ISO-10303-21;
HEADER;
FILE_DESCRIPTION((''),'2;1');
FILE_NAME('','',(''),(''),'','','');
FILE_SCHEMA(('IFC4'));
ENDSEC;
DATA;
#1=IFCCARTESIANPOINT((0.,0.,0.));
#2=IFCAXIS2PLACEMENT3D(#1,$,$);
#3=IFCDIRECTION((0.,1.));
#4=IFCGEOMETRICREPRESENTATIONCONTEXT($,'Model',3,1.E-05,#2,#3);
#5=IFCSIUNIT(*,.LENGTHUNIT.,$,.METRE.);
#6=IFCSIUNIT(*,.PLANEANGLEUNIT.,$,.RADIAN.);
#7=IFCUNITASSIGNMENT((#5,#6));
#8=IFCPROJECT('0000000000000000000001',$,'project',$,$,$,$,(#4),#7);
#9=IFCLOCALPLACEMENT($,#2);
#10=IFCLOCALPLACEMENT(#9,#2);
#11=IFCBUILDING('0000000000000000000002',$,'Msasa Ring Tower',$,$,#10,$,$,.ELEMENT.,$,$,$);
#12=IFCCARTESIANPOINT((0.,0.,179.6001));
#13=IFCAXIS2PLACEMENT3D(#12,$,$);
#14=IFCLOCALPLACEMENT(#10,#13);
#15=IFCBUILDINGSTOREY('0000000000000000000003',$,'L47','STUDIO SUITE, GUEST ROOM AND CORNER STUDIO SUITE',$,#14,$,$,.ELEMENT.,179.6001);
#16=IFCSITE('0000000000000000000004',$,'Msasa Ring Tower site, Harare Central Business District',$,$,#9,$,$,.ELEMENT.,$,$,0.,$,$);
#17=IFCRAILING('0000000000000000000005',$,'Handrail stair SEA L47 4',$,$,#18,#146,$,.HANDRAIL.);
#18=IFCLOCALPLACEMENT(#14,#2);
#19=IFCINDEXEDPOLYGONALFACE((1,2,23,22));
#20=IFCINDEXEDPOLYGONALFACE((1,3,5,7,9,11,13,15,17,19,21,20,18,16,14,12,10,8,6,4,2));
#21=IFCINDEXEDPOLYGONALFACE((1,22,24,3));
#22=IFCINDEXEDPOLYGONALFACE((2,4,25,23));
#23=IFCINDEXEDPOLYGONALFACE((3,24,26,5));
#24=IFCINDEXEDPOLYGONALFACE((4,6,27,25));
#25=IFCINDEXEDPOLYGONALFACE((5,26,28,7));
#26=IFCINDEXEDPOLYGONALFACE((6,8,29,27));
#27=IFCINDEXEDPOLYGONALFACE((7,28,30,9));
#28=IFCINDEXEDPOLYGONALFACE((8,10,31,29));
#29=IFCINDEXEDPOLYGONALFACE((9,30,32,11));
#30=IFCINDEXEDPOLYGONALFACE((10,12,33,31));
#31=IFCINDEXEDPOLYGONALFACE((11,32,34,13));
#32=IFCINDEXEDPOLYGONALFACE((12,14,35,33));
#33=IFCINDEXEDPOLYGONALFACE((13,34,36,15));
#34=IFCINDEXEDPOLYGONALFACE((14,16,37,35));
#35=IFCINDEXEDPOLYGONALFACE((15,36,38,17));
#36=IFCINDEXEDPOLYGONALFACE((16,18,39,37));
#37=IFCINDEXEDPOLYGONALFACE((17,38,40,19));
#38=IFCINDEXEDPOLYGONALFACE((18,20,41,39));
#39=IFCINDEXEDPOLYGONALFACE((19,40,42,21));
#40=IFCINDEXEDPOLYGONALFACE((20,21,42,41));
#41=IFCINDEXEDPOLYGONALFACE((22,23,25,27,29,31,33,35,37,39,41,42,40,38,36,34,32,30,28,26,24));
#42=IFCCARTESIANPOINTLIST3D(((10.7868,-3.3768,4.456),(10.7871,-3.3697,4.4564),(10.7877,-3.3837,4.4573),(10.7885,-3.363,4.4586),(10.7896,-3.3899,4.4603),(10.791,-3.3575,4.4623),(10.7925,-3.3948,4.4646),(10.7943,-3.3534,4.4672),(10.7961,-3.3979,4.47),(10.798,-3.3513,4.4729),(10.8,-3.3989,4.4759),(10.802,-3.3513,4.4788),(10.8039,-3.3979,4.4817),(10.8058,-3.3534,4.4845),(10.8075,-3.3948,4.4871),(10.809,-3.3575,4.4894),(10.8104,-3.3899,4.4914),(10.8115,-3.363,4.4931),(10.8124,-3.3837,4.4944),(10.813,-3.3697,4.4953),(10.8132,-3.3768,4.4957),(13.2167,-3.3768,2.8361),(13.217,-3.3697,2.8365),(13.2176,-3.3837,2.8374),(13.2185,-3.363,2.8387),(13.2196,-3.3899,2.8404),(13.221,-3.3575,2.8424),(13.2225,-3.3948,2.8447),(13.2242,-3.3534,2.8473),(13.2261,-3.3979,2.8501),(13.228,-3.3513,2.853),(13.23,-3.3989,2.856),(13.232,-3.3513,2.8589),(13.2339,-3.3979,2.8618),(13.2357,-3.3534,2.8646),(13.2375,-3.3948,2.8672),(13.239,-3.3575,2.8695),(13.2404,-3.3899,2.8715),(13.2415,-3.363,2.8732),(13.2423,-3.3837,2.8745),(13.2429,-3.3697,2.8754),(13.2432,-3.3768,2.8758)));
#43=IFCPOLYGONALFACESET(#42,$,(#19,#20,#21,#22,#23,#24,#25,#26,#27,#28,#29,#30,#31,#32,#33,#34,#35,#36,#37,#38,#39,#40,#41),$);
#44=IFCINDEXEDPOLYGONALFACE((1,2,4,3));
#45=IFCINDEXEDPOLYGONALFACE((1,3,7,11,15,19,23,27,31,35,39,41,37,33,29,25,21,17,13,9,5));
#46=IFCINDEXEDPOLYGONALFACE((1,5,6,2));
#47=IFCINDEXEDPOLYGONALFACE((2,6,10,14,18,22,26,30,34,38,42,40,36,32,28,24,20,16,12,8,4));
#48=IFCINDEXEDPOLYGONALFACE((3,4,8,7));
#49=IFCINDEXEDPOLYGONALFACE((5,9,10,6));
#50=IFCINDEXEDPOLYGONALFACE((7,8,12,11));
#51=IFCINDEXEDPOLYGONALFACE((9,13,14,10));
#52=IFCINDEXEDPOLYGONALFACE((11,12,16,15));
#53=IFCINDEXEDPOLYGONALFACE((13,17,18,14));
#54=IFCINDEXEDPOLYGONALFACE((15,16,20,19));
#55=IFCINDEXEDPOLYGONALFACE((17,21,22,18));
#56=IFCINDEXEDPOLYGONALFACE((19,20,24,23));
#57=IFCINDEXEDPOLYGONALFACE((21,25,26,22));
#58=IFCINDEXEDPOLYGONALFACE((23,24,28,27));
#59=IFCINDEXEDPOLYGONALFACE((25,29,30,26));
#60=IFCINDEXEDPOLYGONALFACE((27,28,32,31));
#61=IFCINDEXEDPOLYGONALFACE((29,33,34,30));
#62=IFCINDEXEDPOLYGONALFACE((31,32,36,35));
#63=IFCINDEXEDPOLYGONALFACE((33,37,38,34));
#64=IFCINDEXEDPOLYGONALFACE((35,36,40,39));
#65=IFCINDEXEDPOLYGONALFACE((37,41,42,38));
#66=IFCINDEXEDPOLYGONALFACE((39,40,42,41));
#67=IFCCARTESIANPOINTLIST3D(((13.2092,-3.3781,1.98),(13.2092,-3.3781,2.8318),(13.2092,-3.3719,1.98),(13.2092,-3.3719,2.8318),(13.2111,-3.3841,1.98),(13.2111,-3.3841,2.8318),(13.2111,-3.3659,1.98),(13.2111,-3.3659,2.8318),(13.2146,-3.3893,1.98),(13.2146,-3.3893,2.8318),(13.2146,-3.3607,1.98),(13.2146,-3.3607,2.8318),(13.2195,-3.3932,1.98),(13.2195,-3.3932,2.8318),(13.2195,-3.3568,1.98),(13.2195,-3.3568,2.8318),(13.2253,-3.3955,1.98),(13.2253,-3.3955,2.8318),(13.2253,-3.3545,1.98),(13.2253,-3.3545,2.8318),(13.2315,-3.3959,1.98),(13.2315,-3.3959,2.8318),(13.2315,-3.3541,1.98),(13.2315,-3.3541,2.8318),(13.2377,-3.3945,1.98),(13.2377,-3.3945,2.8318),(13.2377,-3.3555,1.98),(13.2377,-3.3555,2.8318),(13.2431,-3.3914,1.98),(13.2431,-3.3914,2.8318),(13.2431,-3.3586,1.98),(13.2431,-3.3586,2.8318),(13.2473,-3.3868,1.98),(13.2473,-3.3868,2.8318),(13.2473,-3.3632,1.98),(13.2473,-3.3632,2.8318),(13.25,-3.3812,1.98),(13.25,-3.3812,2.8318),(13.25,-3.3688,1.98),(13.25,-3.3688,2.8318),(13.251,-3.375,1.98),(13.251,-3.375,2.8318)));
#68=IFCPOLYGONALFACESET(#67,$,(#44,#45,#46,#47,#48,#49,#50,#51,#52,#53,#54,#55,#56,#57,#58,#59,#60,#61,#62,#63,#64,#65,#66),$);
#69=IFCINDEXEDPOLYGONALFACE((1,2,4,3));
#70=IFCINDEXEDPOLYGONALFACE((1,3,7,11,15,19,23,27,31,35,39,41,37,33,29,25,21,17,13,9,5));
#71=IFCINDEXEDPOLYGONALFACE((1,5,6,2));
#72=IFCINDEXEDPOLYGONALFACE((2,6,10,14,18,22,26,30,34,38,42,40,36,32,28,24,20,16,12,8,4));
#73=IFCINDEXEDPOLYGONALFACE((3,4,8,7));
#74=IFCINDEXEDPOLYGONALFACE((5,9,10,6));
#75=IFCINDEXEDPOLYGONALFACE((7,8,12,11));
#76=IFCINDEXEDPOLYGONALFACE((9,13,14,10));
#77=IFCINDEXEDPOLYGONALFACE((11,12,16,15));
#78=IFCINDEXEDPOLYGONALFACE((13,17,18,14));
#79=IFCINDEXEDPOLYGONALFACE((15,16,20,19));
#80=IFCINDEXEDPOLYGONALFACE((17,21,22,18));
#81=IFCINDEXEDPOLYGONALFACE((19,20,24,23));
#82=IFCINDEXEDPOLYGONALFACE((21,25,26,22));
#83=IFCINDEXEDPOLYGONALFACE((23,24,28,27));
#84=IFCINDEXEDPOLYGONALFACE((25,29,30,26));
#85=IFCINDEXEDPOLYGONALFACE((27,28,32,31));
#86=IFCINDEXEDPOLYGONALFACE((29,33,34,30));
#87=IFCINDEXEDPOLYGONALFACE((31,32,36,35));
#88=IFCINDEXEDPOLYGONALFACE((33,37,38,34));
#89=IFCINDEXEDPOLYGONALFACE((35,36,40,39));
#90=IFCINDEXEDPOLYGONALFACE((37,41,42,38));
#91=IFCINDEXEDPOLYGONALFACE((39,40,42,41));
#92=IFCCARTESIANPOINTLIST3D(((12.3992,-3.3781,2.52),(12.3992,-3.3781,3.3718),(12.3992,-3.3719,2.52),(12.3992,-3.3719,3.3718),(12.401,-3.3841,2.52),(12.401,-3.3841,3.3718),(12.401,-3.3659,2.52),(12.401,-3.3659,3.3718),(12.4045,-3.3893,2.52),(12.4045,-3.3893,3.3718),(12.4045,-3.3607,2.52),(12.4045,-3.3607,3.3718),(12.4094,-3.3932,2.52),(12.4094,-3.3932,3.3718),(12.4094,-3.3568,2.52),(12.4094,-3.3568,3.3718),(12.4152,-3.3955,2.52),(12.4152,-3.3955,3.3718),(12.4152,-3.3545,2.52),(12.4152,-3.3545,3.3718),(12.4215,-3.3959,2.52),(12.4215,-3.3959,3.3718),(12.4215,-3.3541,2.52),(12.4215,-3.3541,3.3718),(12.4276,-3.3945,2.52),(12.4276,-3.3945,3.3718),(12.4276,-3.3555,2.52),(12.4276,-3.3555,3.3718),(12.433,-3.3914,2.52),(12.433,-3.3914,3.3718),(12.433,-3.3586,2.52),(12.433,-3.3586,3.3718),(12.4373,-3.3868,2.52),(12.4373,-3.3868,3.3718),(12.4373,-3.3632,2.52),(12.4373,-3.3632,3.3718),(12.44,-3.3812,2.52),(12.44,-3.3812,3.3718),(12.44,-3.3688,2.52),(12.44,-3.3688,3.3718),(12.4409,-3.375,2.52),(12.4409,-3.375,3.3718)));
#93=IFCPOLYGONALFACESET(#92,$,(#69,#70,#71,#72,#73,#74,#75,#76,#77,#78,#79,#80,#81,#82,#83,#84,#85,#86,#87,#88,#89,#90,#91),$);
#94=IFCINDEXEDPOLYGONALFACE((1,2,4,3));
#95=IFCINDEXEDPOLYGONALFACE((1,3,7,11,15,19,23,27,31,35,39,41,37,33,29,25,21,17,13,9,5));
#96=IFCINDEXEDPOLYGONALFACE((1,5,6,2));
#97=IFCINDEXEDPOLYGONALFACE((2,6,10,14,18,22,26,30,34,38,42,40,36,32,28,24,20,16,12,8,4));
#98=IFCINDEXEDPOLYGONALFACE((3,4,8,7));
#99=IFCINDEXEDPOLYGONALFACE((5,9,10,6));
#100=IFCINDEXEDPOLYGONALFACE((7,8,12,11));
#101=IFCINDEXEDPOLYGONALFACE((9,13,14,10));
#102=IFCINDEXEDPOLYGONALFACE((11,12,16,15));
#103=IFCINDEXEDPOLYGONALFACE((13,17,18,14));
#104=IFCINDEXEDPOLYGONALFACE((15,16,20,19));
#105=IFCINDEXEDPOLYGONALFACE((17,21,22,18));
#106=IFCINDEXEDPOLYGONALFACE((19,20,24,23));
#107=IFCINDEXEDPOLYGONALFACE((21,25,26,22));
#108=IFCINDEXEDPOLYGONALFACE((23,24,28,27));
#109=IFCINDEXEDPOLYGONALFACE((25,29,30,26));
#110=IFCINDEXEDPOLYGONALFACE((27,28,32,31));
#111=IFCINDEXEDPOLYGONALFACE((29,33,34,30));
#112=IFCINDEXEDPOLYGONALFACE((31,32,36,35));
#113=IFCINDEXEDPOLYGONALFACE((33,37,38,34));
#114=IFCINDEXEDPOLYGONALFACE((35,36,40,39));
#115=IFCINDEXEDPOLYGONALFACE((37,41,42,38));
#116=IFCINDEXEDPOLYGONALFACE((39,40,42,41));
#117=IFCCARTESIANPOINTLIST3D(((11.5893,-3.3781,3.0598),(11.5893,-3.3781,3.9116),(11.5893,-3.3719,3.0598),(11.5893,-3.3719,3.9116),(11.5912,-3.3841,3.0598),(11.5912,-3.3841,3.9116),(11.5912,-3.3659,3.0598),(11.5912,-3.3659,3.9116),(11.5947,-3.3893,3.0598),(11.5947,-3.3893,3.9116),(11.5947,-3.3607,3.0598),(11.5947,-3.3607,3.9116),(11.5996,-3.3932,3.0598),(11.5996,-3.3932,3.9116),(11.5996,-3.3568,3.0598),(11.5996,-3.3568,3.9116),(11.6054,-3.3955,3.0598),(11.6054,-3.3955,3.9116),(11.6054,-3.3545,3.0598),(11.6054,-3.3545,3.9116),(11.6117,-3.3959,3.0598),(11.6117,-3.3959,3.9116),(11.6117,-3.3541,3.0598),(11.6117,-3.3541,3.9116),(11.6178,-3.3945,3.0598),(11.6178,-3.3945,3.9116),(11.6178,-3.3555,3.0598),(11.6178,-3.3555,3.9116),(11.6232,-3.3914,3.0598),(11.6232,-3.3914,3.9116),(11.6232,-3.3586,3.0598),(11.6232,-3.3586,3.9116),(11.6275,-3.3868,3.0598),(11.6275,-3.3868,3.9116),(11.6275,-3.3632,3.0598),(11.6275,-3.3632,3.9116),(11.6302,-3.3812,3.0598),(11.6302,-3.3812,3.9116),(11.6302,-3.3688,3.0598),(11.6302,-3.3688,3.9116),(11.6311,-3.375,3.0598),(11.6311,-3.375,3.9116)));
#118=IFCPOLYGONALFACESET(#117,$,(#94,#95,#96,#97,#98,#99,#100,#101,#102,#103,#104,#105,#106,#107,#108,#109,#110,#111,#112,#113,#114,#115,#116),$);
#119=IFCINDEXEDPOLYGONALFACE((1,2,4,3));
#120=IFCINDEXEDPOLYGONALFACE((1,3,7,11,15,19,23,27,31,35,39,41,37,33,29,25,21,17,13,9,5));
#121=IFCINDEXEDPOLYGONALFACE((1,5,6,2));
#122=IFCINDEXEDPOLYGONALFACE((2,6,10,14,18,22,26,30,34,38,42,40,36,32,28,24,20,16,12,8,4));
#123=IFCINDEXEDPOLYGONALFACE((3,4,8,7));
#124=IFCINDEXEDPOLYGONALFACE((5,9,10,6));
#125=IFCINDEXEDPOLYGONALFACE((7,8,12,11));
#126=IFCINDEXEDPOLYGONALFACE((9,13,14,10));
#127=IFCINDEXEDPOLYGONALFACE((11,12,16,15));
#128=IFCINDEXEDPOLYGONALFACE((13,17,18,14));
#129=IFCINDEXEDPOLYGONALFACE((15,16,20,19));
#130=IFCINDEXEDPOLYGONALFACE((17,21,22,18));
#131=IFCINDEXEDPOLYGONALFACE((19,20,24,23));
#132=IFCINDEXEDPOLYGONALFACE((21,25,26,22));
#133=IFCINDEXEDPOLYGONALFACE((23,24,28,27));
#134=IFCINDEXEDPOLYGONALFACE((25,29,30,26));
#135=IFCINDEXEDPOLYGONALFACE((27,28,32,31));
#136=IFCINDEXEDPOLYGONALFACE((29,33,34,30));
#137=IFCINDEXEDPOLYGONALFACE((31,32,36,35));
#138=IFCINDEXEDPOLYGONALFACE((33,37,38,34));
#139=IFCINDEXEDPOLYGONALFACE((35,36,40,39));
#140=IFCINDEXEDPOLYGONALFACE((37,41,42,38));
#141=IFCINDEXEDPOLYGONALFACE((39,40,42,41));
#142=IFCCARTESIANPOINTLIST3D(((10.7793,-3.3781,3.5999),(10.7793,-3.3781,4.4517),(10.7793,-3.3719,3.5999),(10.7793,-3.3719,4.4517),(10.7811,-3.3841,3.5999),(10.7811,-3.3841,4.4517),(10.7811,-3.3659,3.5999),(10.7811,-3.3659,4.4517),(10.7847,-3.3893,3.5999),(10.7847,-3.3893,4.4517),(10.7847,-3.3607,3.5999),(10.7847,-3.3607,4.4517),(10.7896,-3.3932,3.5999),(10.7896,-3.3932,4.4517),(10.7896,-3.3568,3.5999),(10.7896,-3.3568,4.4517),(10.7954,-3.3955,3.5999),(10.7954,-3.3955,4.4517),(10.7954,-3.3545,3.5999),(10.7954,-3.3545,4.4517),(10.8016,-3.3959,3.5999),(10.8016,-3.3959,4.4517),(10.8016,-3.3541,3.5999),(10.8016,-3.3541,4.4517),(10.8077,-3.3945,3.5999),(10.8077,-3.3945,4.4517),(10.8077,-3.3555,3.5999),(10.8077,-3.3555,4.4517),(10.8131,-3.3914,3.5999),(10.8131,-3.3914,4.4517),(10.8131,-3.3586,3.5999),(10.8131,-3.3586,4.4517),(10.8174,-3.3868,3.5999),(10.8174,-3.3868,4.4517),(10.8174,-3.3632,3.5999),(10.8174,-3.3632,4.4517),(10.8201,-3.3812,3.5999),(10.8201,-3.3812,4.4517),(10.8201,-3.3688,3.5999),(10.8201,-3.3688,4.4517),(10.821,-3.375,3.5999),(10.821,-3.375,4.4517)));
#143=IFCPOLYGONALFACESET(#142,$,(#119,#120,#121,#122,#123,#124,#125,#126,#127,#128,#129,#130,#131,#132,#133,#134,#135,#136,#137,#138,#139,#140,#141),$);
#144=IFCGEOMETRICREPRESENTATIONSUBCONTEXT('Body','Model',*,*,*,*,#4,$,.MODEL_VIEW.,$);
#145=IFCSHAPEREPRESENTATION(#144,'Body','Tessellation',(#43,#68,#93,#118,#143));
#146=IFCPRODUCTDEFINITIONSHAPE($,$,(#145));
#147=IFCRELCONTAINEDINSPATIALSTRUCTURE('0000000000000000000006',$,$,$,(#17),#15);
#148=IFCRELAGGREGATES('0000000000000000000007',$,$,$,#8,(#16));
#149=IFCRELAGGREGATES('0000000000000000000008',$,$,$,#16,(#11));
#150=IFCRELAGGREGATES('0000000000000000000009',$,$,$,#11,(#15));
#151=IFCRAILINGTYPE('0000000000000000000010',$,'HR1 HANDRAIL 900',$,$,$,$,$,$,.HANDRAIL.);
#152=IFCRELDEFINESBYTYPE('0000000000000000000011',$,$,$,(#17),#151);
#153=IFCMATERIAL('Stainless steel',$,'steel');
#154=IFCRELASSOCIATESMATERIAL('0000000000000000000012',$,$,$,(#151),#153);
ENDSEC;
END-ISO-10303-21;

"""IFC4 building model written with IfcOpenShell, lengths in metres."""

from ifc_helpers import new_model, si_unit, direction, frame, origin, origin_2d, place, context, subcontext, project, spatial, circle, extrude, material, type_object, element, save


model = new_model("IFC4")

# Units and contexts
model_context = context("Model", 3, precision=1e-05, world=origin(), true_north=direction((0.0, 1.0)))
body_context = subcontext(model_context, "Body", "Model", "MODEL_VIEW")
ifc_project = project(units=[si_unit("LENGTHUNIT", "METRE"), si_unit("PLANEANGLEUNIT", "RADIAN")], contexts=[model_context])

# Site, building, storey
site_placement = place(None, origin())
site = spatial("IfcSite", under=ifc_project, at=site_placement, Name="Msasa Ring Tower site, Harare Central Business District", CompositionType="ELEMENT", RefElevation=0.0)
building_placement = place(site_placement, origin())
building = spatial("IfcBuilding", under=site, at=building_placement, Name="Msasa Ring Tower", CompositionType="ELEMENT")
storey_placement = place(building_placement, frame((0.0, 0.0, 179.6001)))
storey = spatial("IfcBuildingStorey", under=building, at=storey_placement, Name="L47", Description="STUDIO SUITE, GUEST ROOM AND CORNER STUDIO SUITE", CompositionType="ELEMENT", Elevation=179.6001)

# Railing
ifc_material_1 = material(Name="Stainless steel", Category="steel")
railing_type = type_object("IfcRailingType", Name="HR1 HANDRAIL 900", PredefinedType="HANDRAIL", material=ifc_material_1)
for number, where, name in (
    (1, (13.23, -3.375, 1.98), "Handrail stair SEA L47 4"),
):
    element("IfcRailing", number, at=place(storey_placement, frame(where)), inside=storey, type_object=railing_type, Name=name, PredefinedType="HANDRAIL", context=body_context, shape_type="SweptSolid", body=[
        extrude(circle(Radius=0.0239, at=origin_2d()), frame((0.0, 0.0, 0.876), z_axis=(-0.832063, 0.0, 0.554681), x_axis=(0.0, -1.0, 0.0)), (0.0, 0.0, 1.0), 2.9204),
        extrude(circle(Radius=0.021, at=origin_2d()), origin(), (0.0, 0.0, 1.0), 0.8518),
        extrude(circle(Radius=0.021, at=origin_2d()), frame((-0.8101, 0.0, 0.54)), (0.0, 0.0, 1.0), 0.8518),
        extrude(circle(Radius=0.021, at=origin_2d()), frame((-1.6199, 0.0, 1.0798)), (0.0, 0.0, 1.0), 0.8518),
        extrude(circle(Radius=0.021, at=origin_2d()), frame((-2.4299, 0.0, 1.6199)), (0.0, 0.0, 1.0), 0.8518),
    ])

save(model, "model.ifc")
